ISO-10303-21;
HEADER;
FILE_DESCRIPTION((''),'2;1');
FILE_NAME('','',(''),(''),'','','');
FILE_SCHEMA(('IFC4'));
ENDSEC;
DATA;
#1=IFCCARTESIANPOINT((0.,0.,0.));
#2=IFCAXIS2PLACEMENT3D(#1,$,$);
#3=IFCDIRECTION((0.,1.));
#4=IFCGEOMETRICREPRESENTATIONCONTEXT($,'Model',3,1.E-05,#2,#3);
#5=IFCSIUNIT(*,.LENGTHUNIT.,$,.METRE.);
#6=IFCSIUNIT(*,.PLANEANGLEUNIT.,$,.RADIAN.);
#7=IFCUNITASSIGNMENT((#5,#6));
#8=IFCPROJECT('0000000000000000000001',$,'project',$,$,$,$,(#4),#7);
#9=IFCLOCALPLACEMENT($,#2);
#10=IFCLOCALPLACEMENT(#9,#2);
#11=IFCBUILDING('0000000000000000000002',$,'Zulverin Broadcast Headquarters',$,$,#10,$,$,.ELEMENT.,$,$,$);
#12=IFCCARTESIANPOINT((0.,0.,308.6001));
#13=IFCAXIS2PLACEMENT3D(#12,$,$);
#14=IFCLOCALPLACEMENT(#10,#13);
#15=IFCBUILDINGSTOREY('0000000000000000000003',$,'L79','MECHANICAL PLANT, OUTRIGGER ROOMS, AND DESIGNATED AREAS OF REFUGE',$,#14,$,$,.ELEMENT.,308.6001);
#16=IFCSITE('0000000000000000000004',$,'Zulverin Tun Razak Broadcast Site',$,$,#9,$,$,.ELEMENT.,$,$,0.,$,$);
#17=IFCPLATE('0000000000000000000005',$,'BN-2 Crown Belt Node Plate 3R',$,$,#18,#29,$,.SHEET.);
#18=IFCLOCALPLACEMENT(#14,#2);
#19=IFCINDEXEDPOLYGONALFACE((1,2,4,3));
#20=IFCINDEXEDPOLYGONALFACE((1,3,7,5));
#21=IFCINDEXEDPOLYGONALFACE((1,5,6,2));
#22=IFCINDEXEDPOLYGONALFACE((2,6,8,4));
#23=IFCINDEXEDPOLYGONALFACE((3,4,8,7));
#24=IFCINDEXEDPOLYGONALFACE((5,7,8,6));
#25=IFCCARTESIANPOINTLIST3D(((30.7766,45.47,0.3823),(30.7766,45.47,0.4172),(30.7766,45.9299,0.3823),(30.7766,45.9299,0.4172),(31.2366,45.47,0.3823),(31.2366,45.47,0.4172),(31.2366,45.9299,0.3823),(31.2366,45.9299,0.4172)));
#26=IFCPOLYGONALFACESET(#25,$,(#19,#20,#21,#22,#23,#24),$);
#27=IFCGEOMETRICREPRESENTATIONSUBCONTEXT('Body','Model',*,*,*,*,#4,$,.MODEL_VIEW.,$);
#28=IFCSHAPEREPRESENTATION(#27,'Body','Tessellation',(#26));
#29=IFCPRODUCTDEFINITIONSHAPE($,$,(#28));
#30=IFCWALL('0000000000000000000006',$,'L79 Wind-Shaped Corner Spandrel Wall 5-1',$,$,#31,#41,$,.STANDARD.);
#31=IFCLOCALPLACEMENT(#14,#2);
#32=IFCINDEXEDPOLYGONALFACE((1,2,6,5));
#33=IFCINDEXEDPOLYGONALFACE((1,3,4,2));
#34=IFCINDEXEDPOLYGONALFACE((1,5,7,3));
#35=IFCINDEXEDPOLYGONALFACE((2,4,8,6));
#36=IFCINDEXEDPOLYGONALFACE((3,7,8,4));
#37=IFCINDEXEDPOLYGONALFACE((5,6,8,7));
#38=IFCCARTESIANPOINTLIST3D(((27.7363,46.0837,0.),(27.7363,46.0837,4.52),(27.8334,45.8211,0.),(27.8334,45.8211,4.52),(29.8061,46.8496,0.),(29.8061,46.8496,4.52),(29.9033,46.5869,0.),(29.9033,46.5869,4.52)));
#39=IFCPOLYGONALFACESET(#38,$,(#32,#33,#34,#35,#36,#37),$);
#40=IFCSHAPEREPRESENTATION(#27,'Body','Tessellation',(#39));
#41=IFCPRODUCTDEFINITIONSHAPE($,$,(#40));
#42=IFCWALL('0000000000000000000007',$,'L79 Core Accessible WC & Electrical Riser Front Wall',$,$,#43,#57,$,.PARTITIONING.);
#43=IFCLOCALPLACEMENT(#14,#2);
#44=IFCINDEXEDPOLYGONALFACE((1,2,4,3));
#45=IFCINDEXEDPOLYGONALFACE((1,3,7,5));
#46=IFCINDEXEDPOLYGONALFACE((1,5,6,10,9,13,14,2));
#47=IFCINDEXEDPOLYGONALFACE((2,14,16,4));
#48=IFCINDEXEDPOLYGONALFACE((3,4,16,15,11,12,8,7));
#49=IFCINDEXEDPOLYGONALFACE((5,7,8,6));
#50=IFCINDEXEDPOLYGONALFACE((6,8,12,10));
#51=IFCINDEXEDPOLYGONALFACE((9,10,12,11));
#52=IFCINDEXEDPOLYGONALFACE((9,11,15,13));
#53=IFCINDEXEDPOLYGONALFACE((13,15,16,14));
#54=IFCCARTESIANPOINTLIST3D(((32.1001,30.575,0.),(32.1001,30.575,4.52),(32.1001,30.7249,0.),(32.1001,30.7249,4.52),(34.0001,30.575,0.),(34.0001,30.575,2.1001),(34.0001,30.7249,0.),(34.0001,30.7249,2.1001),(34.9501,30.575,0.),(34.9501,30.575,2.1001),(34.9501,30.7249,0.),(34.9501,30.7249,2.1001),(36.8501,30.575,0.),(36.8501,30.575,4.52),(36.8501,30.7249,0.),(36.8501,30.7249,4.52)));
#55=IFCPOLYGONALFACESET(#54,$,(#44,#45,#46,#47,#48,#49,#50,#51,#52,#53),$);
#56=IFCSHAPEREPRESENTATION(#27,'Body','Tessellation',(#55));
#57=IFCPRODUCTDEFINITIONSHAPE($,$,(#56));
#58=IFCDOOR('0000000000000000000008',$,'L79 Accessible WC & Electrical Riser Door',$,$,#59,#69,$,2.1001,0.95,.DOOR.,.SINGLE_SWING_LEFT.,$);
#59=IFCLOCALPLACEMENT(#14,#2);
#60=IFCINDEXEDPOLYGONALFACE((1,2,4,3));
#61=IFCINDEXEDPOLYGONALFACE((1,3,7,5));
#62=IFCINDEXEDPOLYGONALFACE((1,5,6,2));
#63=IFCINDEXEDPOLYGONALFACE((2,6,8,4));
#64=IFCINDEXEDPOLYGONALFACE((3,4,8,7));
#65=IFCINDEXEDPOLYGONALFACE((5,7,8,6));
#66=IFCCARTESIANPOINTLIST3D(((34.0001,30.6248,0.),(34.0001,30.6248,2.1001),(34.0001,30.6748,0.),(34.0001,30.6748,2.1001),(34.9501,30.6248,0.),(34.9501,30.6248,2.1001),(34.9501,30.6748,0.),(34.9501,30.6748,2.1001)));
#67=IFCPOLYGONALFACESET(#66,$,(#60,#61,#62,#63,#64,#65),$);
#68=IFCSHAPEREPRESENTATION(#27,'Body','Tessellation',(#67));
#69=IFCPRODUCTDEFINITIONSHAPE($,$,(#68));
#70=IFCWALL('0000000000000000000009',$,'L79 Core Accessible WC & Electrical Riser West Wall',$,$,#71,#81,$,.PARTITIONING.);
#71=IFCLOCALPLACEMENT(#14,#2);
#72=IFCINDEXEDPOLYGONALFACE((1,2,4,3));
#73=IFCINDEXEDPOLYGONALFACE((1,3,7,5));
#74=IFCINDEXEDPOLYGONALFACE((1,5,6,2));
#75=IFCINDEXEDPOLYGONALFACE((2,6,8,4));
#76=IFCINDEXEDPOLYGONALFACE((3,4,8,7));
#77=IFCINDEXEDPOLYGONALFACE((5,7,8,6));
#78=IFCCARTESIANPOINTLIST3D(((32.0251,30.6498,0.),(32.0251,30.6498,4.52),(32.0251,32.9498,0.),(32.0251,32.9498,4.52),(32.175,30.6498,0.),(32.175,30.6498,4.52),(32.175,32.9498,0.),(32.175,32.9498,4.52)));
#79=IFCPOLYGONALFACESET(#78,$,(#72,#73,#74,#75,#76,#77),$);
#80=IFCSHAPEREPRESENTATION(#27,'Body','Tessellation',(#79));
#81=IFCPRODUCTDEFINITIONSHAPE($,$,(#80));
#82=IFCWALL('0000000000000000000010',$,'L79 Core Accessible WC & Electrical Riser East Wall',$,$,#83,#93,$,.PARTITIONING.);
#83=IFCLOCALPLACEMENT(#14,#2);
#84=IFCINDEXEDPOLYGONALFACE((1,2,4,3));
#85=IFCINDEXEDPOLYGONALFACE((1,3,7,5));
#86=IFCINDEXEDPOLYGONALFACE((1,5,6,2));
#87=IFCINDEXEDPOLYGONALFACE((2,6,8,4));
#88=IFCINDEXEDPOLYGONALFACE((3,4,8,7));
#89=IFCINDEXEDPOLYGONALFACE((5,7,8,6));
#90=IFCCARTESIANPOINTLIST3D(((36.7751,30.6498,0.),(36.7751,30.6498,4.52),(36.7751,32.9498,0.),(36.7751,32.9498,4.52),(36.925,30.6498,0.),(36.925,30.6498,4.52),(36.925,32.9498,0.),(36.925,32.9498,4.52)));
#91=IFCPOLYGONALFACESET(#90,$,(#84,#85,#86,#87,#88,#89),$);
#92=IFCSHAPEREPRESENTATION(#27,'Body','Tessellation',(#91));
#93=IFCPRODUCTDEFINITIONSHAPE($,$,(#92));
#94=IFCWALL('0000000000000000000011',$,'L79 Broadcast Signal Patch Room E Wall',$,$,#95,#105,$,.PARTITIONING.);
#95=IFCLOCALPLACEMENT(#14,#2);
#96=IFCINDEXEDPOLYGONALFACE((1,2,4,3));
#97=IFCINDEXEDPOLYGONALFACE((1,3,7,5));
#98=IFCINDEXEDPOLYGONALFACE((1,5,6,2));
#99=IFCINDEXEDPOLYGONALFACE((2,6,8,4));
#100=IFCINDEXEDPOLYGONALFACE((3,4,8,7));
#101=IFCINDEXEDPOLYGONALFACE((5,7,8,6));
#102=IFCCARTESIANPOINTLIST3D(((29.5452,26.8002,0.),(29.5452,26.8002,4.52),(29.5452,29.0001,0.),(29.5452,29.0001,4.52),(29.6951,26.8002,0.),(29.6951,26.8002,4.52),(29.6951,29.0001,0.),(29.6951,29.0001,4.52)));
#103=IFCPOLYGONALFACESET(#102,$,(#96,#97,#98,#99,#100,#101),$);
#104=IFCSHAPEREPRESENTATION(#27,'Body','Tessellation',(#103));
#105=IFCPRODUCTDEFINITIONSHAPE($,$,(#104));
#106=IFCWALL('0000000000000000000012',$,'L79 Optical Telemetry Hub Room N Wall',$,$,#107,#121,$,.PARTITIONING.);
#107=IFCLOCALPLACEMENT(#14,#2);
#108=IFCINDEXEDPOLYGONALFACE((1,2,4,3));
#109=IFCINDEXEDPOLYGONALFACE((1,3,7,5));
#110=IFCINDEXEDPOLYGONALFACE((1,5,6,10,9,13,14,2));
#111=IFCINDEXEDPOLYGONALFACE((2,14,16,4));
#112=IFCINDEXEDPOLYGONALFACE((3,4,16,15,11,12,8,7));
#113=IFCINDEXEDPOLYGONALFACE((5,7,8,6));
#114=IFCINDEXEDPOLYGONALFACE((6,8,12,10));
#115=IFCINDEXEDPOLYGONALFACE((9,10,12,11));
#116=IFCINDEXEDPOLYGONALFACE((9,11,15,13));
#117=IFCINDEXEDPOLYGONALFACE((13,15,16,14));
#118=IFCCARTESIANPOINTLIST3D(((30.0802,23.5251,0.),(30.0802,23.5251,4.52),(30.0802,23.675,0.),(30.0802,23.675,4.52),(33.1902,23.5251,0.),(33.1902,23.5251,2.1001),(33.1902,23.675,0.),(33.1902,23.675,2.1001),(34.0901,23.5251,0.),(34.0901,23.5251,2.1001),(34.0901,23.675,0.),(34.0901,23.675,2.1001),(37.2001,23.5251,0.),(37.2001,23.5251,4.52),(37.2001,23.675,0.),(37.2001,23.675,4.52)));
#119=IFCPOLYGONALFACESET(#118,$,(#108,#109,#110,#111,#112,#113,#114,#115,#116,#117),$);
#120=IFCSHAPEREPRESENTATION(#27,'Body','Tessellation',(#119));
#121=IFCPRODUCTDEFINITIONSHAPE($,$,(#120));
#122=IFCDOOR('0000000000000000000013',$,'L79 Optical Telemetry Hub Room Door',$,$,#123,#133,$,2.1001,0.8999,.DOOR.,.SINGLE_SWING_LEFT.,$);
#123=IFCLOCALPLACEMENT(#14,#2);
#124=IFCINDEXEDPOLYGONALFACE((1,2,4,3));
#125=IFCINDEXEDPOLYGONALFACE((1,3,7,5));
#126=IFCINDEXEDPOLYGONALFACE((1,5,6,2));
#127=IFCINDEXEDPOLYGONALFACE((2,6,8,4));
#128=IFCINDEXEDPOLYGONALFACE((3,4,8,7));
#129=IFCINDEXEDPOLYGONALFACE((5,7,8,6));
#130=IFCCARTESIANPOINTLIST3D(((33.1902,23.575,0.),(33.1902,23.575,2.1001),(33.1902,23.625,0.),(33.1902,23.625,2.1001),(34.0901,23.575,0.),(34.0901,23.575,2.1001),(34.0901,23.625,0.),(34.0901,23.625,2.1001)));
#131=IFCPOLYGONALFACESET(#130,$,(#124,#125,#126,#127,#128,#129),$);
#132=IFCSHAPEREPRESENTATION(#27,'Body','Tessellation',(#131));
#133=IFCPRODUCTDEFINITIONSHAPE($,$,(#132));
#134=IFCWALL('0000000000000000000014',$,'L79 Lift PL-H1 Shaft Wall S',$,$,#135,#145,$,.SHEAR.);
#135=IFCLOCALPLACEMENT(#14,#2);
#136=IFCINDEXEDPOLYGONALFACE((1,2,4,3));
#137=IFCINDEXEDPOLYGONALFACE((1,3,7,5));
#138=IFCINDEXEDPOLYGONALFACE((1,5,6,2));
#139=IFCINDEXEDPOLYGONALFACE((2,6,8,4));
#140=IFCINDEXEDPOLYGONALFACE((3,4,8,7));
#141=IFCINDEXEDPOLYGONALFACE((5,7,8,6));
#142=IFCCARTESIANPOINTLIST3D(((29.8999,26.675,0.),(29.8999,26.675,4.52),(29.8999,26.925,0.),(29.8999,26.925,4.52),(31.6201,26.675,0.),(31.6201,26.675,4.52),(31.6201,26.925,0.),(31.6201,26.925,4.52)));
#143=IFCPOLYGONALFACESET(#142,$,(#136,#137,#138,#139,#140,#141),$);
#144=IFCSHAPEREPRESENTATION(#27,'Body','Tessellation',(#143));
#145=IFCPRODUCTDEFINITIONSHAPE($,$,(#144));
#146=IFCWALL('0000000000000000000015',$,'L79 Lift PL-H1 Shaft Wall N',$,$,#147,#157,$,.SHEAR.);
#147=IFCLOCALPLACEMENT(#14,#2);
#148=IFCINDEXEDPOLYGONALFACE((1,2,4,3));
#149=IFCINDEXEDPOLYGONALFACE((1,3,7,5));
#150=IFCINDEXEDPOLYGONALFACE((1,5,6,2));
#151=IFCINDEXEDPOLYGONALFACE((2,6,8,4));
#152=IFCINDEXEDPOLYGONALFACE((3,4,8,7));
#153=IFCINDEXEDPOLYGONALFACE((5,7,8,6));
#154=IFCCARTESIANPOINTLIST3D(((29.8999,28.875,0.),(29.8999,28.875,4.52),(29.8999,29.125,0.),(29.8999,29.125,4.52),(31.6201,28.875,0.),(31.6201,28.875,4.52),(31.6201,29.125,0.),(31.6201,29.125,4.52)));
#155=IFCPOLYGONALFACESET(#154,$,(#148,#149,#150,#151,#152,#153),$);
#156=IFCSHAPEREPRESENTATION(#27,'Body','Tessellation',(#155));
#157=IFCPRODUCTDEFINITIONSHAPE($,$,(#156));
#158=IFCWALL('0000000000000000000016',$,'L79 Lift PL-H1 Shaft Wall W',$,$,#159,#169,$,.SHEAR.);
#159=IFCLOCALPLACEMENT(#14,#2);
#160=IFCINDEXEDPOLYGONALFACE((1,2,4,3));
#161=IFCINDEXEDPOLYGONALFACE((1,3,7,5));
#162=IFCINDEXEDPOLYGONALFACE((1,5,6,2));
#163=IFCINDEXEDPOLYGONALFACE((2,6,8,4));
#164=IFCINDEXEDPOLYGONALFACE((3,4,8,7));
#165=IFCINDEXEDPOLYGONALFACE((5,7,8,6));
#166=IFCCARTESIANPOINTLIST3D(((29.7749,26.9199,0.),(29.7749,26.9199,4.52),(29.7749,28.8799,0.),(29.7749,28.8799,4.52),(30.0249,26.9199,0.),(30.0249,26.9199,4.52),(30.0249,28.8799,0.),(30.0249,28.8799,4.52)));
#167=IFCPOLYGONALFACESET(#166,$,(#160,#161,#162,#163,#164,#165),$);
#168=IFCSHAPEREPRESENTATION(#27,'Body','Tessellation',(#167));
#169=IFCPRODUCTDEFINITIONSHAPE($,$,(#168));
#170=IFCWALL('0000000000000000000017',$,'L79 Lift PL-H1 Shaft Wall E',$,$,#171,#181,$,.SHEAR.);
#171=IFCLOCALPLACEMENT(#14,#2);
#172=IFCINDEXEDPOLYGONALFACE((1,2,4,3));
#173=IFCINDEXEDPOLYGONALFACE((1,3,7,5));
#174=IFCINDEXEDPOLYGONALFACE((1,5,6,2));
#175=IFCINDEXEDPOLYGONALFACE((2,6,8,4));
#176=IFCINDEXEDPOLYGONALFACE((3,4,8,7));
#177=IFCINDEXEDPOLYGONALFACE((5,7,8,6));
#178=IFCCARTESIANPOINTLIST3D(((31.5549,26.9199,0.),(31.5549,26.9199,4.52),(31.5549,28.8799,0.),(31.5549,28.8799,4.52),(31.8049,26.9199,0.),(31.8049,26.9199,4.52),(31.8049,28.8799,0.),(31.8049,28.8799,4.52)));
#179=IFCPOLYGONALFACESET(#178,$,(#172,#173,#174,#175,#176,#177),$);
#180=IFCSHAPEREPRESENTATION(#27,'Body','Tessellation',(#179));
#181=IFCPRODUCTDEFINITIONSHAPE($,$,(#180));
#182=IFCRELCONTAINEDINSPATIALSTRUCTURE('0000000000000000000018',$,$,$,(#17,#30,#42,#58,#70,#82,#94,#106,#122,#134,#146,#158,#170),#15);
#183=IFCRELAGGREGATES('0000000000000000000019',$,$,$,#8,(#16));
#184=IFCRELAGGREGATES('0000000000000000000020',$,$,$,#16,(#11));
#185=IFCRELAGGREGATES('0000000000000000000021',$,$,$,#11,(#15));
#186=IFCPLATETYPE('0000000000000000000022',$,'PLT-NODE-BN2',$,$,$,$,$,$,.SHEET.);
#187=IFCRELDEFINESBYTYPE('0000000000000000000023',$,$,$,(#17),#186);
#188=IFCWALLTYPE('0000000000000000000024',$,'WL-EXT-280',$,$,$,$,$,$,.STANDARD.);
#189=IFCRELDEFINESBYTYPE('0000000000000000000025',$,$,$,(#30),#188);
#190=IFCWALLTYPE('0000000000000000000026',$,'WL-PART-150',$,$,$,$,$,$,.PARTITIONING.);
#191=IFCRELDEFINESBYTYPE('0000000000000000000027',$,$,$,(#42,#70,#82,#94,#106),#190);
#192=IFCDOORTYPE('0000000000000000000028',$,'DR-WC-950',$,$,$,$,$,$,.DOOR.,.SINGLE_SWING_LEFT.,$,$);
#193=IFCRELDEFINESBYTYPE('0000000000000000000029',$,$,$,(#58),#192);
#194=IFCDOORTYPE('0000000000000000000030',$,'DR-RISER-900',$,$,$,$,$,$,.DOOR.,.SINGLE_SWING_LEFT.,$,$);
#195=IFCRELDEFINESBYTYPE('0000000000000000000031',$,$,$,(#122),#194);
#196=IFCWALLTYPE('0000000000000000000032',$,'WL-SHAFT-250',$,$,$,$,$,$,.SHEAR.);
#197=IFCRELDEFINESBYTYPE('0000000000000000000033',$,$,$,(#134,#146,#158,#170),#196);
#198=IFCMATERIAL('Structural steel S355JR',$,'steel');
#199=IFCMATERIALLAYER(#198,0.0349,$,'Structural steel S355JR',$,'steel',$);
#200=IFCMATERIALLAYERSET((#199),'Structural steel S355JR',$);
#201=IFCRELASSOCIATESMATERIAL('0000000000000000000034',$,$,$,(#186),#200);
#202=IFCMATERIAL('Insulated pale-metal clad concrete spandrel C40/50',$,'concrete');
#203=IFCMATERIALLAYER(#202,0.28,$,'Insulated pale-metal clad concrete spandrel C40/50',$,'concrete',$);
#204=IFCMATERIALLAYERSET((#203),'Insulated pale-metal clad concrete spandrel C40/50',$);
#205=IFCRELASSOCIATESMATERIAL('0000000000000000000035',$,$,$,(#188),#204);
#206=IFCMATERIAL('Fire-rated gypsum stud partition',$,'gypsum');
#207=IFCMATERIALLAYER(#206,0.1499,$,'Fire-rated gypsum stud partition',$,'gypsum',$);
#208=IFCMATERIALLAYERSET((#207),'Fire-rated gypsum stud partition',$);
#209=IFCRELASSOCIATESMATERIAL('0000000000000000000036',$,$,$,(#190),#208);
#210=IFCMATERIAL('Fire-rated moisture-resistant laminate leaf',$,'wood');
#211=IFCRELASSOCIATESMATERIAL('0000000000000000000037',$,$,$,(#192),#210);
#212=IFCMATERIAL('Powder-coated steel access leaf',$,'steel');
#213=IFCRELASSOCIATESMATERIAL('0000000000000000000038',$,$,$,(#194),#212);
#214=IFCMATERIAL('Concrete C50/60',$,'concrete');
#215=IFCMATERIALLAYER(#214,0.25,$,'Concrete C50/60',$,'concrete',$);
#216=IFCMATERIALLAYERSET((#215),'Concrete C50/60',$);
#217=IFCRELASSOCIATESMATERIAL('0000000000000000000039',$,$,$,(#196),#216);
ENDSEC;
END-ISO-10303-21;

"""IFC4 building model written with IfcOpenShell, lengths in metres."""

from ifc_helpers import new_model, si_unit, direction, frame, frame_2d, origin, origin_2d, place, context, subcontext, project, spatial, rectangle, extrude, material, layer, layer_set, type_object, element, fill, save


model = new_model("IFC4")

# Units and contexts
model_context = context("Model", 3, precision=1e-05, world=origin(), true_north=direction((0.0, 1.0)))
body_context = subcontext(model_context, "Body", "Model", "MODEL_VIEW")
ifc_project = project(units=[si_unit("LENGTHUNIT", "METRE"), si_unit("PLANEANGLEUNIT", "RADIAN")], contexts=[model_context])

# Site, building, storey
site_placement = place(None, origin())
site = spatial("IfcSite", under=ifc_project, at=site_placement, Name="Zulverin Tun Razak Broadcast Site", CompositionType="ELEMENT", RefElevation=0.0)
building_placement = place(site_placement, origin())
building = spatial("IfcBuilding", under=site, at=building_placement, Name="Zulverin Broadcast Headquarters", CompositionType="ELEMENT")
storey_placement = place(building_placement, frame((0.0, 0.0, 308.6001)))
storey = spatial("IfcBuildingStorey", under=building, at=storey_placement, Name="L79", Description="MECHANICAL PLANT, OUTRIGGER ROOMS, AND DESIGNATED AREAS OF REFUGE", CompositionType="ELEMENT", Elevation=308.6001)

# Shared definitions
ifc_material_1 = material(Name="Concrete C50/60", Category="concrete")

# Shared definitions
ifc_material_2 = material(Name="Structural steel S355JR", Category="steel")

# Plate
ifc_layer_1 = layer(ifc_material_2, 0.0349, Name="Structural steel S355JR", Category="steel")
ifc_layer_set_1 = layer_set([ifc_layer_1], Name="Structural steel S355JR")
plate_type = type_object("IfcPlateType", Name="PLT-NODE-BN2", PredefinedType="SHEET", material=ifc_layer_set_1)
plate_placement = place(storey_placement, frame((31.0066, 45.7, 0.3823), z_axis=(0.0, 0.0, 1.0), x_axis=(1.0, 0.0, 0.0)))
element("IfcPlate", 1, at=plate_placement, inside=storey, type_object=plate_type, Name="BN-2 Crown Belt Node Plate 3R", PredefinedType="SHEET", context=body_context, shape_type="SweptSolid", body=[
    extrude(rectangle(XDim=0.46, YDim=0.46, at=origin_2d()), origin(), (0.0, 0.0, 1.0), 0.0349),
])

# Wall
ifc_material_3 = material(Name="Insulated pale-metal clad concrete spandrel C40/50", Category="concrete")
ifc_layer_2 = layer(ifc_material_3, 0.28, Name="Insulated pale-metal clad concrete spandrel C40/50", Category="concrete")
ifc_layer_set_2 = layer_set([ifc_layer_2], Name="Insulated pale-metal clad concrete spandrel C40/50")
wall_type_1 = type_object("IfcWallType", Name="WL-EXT-280", PredefinedType="STANDARD", material=ifc_layer_set_2)
wall_1_placement = place(storey_placement, frame((29.8547, 46.7183, 0.0), z_axis=(0.0, 0.0, 1.0), x_axis=(-0.937857, -0.347023, 0.0)))
element("IfcWall", 2, at=wall_1_placement, inside=storey, type_object=wall_type_1, Name="L79 Wind-Shaped Corner Spandrel Wall 5-1", PredefinedType="STANDARD", context=body_context, shape_type="SweptSolid", body=[
    extrude(rectangle(XDim=2.207, YDim=0.28, at=frame_2d((1.1035, 0.0))), origin(), (0.0, 0.0, 1.0), 4.52),
])

# Wall, opening, door
ifc_material_4 = material(Name="Fire-rated gypsum stud partition", Category="gypsum")
ifc_layer_3 = layer(ifc_material_4, 0.1499, Name="Fire-rated gypsum stud partition", Category="gypsum")
ifc_layer_set_3 = layer_set([ifc_layer_3], Name="Fire-rated gypsum stud partition")
wall_type_2 = type_object("IfcWallType", Name="WL-PART-150", PredefinedType="PARTITIONING", material=ifc_layer_set_3)
wall_2_placement = place(storey_placement, frame((32.1001, 30.6499, 0.0), z_axis=(0.0, 0.0, 1.0), x_axis=(1.0, 0.0, 0.0)))
wall_2 = element("IfcWall", 3, at=wall_2_placement, inside=storey, type_object=wall_type_2, Name="L79 Core Accessible WC & Electrical Riser Front Wall", PredefinedType="PARTITIONING", context=body_context, shape_type="SweptSolid", body=[
    extrude(rectangle(XDim=4.75, YDim=0.1499, at=frame_2d((2.375, 0.0))), origin(), (0.0, 0.0, 1.0), 4.52),
])
opening_1_placement = place(wall_2_placement, frame((1.8999, 0.0, 0.0)))
opening_1 = element("IfcOpeningElement", 4, at=opening_1_placement, cuts=wall_2, PredefinedType="OPENING", context=body_context, shape_type="SweptSolid", body=[
    extrude(rectangle(XDim=0.95, YDim=2.1001, at=frame_2d((0.4751, 1.05))), frame((0.0, 0.085, 0.0), z_axis=(0.0, -1.0, 0.0), x_axis=(1.0, 0.0, 0.0)), (0.0, 0.0, 1.0), 0.1699),
])
ifc_material_5 = material(Name="Fire-rated moisture-resistant laminate leaf", Category="wood")
door_type_1 = type_object("IfcDoorType", Name="DR-WC-950", OperationType="SINGLE_SWING_LEFT", PredefinedType="DOOR", material=ifc_material_5)
door_1_placement = place(opening_1_placement, origin())
door_1 = element("IfcDoor", 5, at=door_1_placement, inside=storey, type_object=door_type_1, Name="L79 Accessible WC & Electrical Riser Door", OperationType="SINGLE_SWING_LEFT", OverallHeight=2.1001, OverallWidth=0.95, PredefinedType="DOOR", context=body_context, shape_type="SweptSolid", body=[
    extrude(rectangle(XDim=0.95, YDim=2.1001, at=frame_2d((0.4751, 1.05))), frame((0.0, 0.0249, 0.0), z_axis=(0.0, -1.0, 0.0), x_axis=(1.0, 0.0, 0.0)), (0.0, 0.0, 1.0), 0.05),
])
fill(opening_1, door_1)

# Walls
for number, where, z_axis, x_axis, name in (
    (6, (32.1001, 30.6499, 0.0), (0.0, 0.0, 1.0), (0.0, 1.0, 0.0), "L79 Core Accessible WC & Electrical Riser West Wall"),
    (7, (36.8501, 30.6499, 0.0), (0.0, 0.0, 1.0), (0.0, 1.0, 0.0), "L79 Core Accessible WC & Electrical Riser East Wall"),
):
    element("IfcWall", number, at=place(storey_placement, frame(where, z_axis=z_axis, x_axis=x_axis)), inside=storey, type_object=wall_type_2, Name=name, PredefinedType="PARTITIONING", context=body_context, shape_type="SweptSolid", body=[
        extrude(rectangle(XDim=2.3, YDim=0.1499, at=frame_2d((1.1499, 0.0))), origin(), (0.0, 0.0, 1.0), 4.52),
    ])
wall_3_placement = place(storey_placement, frame((29.6201, 26.8, 0.0), z_axis=(0.0, 0.0, 1.0), x_axis=(0.0, 1.0, 0.0)))
element("IfcWall", 8, at=wall_3_placement, inside=storey, type_object=wall_type_2, Name="L79 Broadcast Signal Patch Room E Wall", PredefinedType="PARTITIONING", context=body_context, shape_type="SweptSolid", body=[
    extrude(rectangle(XDim=2.2, YDim=0.1499, at=frame_2d((1.1001, 0.0))), origin(), (0.0, 0.0, 1.0), 4.52),
])

# Wall, opening, door
wall_4_placement = place(storey_placement, frame((30.0801, 23.6001, 0.0), z_axis=(0.0, 0.0, 1.0), x_axis=(1.0, 0.0, 0.0)))
wall_4 = element("IfcWall", 9, at=wall_4_placement, inside=storey, type_object=wall_type_2, Name="L79 Optical Telemetry Hub Room N Wall", PredefinedType="PARTITIONING", context=body_context, shape_type="SweptSolid", body=[
    extrude(rectangle(XDim=7.1199, YDim=0.1499, at=frame_2d((3.5601, 0.0))), origin(), (0.0, 0.0, 1.0), 4.52),
])
opening_2_placement = place(wall_4_placement, frame((3.1101, 0.0, 0.0)))
opening_2 = element("IfcOpeningElement", 10, at=opening_2_placement, cuts=wall_4, PredefinedType="OPENING", context=body_context, shape_type="SweptSolid", body=[
    extrude(rectangle(XDim=0.8999, YDim=2.1001, at=frame_2d((0.45, 1.05))), frame((0.0, 0.085, 0.0), z_axis=(0.0, -1.0, 0.0), x_axis=(1.0, 0.0, 0.0)), (0.0, 0.0, 1.0), 0.1699),
])
ifc_material_6 = material(Name="Powder-coated steel access leaf", Category="steel")
door_type_2 = type_object("IfcDoorType", Name="DR-RISER-900", OperationType="SINGLE_SWING_LEFT", PredefinedType="DOOR", material=ifc_material_6)
door_2_placement = place(opening_2_placement, origin())
door_2 = element("IfcDoor", 11, at=door_2_placement, inside=storey, type_object=door_type_2, Name="L79 Optical Telemetry Hub Room Door", OperationType="SINGLE_SWING_LEFT", OverallHeight=2.1001, OverallWidth=0.8999, PredefinedType="DOOR", context=body_context, shape_type="SweptSolid", body=[
    extrude(rectangle(XDim=0.8999, YDim=2.1001, at=frame_2d((0.45, 1.05))), frame((0.0, 0.0249, 0.0), z_axis=(0.0, -1.0, 0.0), x_axis=(1.0, 0.0, 0.0)), (0.0, 0.0, 1.0), 0.05),
])
fill(opening_2, door_2)

# Walls
ifc_layer_4 = layer(ifc_material_1, 0.25, Name="Concrete C50/60", Category="concrete")
ifc_layer_set_4 = layer_set([ifc_layer_4], Name="Concrete C50/60")
wall_type_3 = type_object("IfcWallType", Name="WL-SHAFT-250", PredefinedType="SHEAR", material=ifc_layer_set_4)
for number, where, z_axis, x_axis, name in (
    (12, (29.8999, 26.8, 0.0), (0.0, 0.0, 1.0), (1.0, 0.0, 0.0), "L79 Lift PL-H1 Shaft Wall S"),
    (13, (29.8999, 29.0, 0.0), (0.0, 0.0, 1.0), (1.0, 0.0, 0.0), "L79 Lift PL-H1 Shaft Wall N"),
):
    element("IfcWall", number, at=place(storey_placement, frame(where, z_axis=z_axis, x_axis=x_axis)), inside=storey, type_object=wall_type_3, Name=name, PredefinedType="SHEAR", context=body_context, shape_type="SweptSolid", body=[
        extrude(rectangle(XDim=1.7202, YDim=0.25, at=frame_2d((0.8601, 0.0))), origin(), (0.0, 0.0, 1.0), 4.52),
    ])
for number, where, z_axis, x_axis, name in (
    (14, (29.8999, 26.9199, 0.0), (0.0, 0.0, 1.0), (0.0, 1.0, 0.0), "L79 Lift PL-H1 Shaft Wall W"),
    (15, (31.6799, 26.9199, 0.0), (0.0, 0.0, 1.0), (0.0, 1.0, 0.0), "L79 Lift PL-H1 Shaft Wall E"),
):
    element("IfcWall", number, at=place(storey_placement, frame(where, z_axis=z_axis, x_axis=x_axis)), inside=storey, type_object=wall_type_3, Name=name, PredefinedType="SHEAR", context=body_context, shape_type="SweptSolid", body=[
        extrude(rectangle(XDim=1.96, YDim=0.25, at=frame_2d((0.98, 0.0))), origin(), (0.0, 0.0, 1.0), 4.52),
    ])

save(model, "model.ifc")
